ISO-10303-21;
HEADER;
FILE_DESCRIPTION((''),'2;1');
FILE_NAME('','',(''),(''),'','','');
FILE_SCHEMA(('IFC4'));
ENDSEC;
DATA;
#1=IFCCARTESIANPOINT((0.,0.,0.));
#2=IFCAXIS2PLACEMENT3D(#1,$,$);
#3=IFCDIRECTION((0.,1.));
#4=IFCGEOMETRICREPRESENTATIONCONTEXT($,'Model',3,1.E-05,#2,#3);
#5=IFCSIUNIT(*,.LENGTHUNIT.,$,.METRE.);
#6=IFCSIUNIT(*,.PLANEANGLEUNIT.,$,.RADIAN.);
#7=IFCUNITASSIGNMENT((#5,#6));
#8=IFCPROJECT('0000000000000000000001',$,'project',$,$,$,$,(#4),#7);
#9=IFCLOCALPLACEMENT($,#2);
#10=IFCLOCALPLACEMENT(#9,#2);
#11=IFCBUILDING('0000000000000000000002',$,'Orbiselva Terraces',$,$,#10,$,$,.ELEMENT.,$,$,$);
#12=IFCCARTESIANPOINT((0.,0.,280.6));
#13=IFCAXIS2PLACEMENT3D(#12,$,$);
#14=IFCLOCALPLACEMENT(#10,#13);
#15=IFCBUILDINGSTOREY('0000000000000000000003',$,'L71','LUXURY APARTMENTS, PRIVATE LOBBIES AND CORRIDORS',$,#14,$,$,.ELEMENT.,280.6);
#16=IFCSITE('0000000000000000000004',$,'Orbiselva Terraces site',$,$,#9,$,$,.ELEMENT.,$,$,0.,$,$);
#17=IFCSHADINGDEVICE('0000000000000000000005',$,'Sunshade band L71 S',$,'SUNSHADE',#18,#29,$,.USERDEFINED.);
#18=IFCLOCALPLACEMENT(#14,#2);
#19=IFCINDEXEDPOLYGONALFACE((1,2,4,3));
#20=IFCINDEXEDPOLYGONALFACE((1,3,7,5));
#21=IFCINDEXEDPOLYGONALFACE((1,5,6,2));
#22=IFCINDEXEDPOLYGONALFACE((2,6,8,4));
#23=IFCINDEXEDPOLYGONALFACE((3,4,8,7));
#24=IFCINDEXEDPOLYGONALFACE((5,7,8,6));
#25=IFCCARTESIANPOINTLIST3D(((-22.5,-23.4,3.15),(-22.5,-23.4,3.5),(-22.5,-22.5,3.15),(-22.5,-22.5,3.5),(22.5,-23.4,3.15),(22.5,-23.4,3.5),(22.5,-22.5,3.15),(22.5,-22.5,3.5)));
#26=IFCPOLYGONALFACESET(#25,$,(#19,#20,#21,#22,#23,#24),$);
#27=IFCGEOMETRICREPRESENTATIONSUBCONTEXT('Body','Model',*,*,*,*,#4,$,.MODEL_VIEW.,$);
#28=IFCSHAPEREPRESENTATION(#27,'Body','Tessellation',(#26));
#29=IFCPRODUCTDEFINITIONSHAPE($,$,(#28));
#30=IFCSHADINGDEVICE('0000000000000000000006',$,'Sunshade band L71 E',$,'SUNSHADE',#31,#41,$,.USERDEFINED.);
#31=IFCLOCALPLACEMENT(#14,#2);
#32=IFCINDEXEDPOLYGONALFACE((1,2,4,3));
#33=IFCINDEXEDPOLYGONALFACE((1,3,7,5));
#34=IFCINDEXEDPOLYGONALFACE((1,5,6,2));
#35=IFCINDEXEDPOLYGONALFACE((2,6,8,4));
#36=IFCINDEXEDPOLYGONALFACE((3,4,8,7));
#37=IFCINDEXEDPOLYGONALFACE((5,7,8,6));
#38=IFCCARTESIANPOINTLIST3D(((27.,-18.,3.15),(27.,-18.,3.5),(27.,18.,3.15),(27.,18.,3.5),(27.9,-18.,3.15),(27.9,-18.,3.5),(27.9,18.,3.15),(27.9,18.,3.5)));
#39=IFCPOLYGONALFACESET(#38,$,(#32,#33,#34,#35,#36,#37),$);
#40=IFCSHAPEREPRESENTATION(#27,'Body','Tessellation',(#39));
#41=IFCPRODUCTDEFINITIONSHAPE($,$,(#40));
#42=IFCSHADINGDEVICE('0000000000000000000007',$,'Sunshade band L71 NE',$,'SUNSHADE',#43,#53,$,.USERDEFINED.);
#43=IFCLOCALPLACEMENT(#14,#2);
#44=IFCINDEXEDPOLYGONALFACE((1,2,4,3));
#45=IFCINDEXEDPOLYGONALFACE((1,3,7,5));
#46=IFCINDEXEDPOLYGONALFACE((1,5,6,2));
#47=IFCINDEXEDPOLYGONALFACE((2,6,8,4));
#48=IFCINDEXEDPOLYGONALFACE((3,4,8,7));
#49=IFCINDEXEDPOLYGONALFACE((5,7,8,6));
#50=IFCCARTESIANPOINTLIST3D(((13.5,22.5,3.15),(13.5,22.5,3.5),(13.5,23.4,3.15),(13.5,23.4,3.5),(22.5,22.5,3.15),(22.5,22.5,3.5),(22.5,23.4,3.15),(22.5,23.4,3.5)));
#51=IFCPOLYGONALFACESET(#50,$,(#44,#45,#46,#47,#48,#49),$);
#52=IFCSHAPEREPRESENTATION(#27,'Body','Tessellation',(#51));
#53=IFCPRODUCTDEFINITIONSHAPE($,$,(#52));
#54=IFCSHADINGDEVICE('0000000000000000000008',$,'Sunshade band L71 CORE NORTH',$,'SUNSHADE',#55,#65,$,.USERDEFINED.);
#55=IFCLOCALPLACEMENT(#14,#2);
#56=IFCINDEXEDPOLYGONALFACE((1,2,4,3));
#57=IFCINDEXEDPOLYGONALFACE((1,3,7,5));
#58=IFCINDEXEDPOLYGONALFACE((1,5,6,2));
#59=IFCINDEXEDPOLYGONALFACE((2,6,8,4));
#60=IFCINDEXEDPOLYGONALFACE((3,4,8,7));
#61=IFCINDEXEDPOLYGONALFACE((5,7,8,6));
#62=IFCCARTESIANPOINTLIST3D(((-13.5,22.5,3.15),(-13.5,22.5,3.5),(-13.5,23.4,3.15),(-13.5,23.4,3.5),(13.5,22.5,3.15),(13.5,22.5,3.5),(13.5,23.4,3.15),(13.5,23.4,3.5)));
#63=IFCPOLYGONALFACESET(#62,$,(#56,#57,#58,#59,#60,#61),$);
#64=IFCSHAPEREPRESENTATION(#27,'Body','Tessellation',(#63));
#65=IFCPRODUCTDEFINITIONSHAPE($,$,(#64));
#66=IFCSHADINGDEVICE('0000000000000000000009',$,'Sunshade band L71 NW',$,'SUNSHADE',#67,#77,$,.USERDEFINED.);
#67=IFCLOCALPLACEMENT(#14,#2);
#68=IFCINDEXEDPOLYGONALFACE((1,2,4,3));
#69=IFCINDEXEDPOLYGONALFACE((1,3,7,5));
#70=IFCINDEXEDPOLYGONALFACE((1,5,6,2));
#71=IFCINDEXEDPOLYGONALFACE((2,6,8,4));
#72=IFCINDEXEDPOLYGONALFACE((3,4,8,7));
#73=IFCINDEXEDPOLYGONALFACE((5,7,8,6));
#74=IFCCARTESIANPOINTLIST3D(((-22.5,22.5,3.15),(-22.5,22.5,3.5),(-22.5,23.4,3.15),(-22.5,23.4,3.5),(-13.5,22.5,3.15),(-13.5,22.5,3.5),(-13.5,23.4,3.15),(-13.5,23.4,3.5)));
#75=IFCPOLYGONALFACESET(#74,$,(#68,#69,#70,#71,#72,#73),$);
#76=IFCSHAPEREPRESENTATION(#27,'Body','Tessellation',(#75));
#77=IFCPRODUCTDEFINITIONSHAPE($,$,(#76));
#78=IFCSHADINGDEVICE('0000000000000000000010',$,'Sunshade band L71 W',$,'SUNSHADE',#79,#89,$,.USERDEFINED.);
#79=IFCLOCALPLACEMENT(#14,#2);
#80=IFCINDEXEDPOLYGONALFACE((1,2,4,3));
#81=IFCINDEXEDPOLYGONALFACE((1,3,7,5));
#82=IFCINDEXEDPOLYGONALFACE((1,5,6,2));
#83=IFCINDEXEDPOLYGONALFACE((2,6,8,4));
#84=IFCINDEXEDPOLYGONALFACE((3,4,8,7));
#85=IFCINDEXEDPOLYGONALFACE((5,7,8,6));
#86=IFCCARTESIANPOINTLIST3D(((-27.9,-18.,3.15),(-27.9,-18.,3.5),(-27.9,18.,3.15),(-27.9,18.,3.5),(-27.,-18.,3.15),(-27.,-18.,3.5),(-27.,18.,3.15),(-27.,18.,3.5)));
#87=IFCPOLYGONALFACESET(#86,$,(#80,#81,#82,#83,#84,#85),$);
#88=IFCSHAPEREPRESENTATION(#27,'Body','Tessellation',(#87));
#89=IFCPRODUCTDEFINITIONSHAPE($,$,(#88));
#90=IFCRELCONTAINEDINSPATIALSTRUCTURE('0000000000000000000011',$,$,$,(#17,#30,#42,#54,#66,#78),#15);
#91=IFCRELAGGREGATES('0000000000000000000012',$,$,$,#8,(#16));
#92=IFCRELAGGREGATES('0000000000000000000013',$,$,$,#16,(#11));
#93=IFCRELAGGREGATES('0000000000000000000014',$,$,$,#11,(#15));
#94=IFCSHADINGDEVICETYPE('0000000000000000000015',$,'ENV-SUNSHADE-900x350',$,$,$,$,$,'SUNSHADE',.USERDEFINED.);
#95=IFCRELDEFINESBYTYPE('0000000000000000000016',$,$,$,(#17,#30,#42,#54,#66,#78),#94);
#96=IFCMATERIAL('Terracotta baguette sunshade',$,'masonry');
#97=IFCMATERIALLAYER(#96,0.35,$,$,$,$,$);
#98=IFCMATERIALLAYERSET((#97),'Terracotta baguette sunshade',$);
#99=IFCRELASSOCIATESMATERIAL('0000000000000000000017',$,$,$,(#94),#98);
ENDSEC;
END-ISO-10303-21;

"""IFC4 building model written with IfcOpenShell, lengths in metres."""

from ifc_helpers import new_model, si_unit, direction, frame, origin, place, context, subcontext, project, spatial, polyline, outline, extrude, material, layer, layer_set, type_object, element, save


model = new_model("IFC4")

# Units and contexts
model_context = context("Model", 3, precision=1e-05, world=origin(), true_north=direction((0.0, 1.0)))
body_context = subcontext(model_context, "Body", "Model", "MODEL_VIEW")
ifc_project = project(units=[si_unit("LENGTHUNIT", "METRE"), si_unit("PLANEANGLEUNIT", "RADIAN")], contexts=[model_context])

# Site, building, storey
site_placement = place(None, origin())
site = spatial("IfcSite", under=ifc_project, at=site_placement, Name="Orbiselva Terraces site", CompositionType="ELEMENT", RefElevation=0.0)
building_placement = place(site_placement, origin())
building = spatial("IfcBuilding", under=site, at=building_placement, Name="Orbiselva Terraces", CompositionType="ELEMENT")
storey_placement = place(building_placement, frame((0.0, 0.0, 280.6)))
storey = spatial("IfcBuildingStorey", under=building, at=storey_placement, Name="L71", Description="LUXURY APARTMENTS, PRIVATE LOBBIES AND CORRIDORS", CompositionType="ELEMENT", Elevation=280.6)

# Shading devices
ifc_material_1 = material(Name="Terracotta baguette sunshade", Category="masonry")
ifc_layer_1 = layer(ifc_material_1, 0.35)
ifc_layer_set_1 = layer_set([ifc_layer_1], Name="Terracotta baguette sunshade")
shading_device_type_1 = type_object("IfcShadingDeviceType", Name="ENV-SUNSHADE-900x350", ElementType="SUNSHADE", PredefinedType="USERDEFINED", material=ifc_layer_set_1)
shading_device_1_placement = place(storey_placement, frame((0.0, 0.0, 3.15)))
element("IfcShadingDevice", 1, at=shading_device_1_placement, inside=storey, type_object=shading_device_type_1, Name="Sunshade band L71 S", ObjectType="SUNSHADE", PredefinedType="USERDEFINED", context=body_context, shape_type="SweptSolid", body=[
    extrude(outline(polyline([(-22.5, -23.4), (22.5, -23.4), (22.5, -22.5), (-22.5, -22.5), (-22.5, -23.4)])), origin(), (0.0, 0.0, 1.0), 0.35),
])
shading_device_2_placement = place(storey_placement, frame((0.0, 0.0, 3.15)))
element("IfcShadingDevice", 2, at=shading_device_2_placement, inside=storey, type_object=shading_device_type_1, Name="Sunshade band L71 E", ObjectType="SUNSHADE", PredefinedType="USERDEFINED", context=body_context, shape_type="SweptSolid", body=[
    extrude(outline(polyline([(27.9, -18.0), (27.9, 18.0), (27.0, 18.0), (27.0, -18.0), (27.9, -18.0)])), origin(), (0.0, 0.0, 1.0), 0.35),
])
shading_device_3_placement = place(storey_placement, frame((0.0, 0.0, 3.15)))
element("IfcShadingDevice", 3, at=shading_device_3_placement, inside=storey, type_object=shading_device_type_1, Name="Sunshade band L71 NE", ObjectType="SUNSHADE", PredefinedType="USERDEFINED", context=body_context, shape_type="SweptSolid", body=[
    extrude(outline(polyline([(22.5, 23.4), (13.5, 23.4), (13.5, 22.5), (22.5, 22.5), (22.5, 23.4)])), origin(), (0.0, 0.0, 1.0), 0.35),
])
shading_device_4_placement = place(storey_placement, frame((0.0, 0.0, 3.15)))
element("IfcShadingDevice", 4, at=shading_device_4_placement, inside=storey, type_object=shading_device_type_1, Name="Sunshade band L71 CORE NORTH", ObjectType="SUNSHADE", PredefinedType="USERDEFINED", context=body_context, shape_type="SweptSolid", body=[
    extrude(outline(polyline([(13.5, 23.4), (-13.5, 23.4), (-13.5, 22.5), (13.5, 22.5), (13.5, 23.4)])), origin(), (0.0, 0.0, 1.0), 0.35),
])
shading_device_5_placement = place(storey_placement, frame((0.0, 0.0, 3.15)))
element("IfcShadingDevice", 5, at=shading_device_5_placement, inside=storey, type_object=shading_device_type_1, Name="Sunshade band L71 NW", ObjectType="SUNSHADE", PredefinedType="USERDEFINED", context=body_context, shape_type="SweptSolid", body=[
    extrude(outline(polyline([(-13.5, 23.4), (-22.5, 23.4), (-22.5, 22.5), (-13.5, 22.5), (-13.5, 23.4)])), origin(), (0.0, 0.0, 1.0), 0.35),
])
shading_device_6_placement = place(storey_placement, frame((0.0, 0.0, 3.15)))
element("IfcShadingDevice", 6, at=shading_device_6_placement, inside=storey, type_object=shading_device_type_1, Name="Sunshade band L71 W", ObjectType="SUNSHADE", PredefinedType="USERDEFINED", context=body_context, shape_type="SweptSolid", body=[
    extrude(outline(polyline([(-27.9, 18.0), (-27.9, -18.0), (-27.0, -18.0), (-27.0, 18.0), (-27.9, 18.0)])), origin(), (0.0, 0.0, 1.0), 0.35),
])

save(model, "model.ifc")
